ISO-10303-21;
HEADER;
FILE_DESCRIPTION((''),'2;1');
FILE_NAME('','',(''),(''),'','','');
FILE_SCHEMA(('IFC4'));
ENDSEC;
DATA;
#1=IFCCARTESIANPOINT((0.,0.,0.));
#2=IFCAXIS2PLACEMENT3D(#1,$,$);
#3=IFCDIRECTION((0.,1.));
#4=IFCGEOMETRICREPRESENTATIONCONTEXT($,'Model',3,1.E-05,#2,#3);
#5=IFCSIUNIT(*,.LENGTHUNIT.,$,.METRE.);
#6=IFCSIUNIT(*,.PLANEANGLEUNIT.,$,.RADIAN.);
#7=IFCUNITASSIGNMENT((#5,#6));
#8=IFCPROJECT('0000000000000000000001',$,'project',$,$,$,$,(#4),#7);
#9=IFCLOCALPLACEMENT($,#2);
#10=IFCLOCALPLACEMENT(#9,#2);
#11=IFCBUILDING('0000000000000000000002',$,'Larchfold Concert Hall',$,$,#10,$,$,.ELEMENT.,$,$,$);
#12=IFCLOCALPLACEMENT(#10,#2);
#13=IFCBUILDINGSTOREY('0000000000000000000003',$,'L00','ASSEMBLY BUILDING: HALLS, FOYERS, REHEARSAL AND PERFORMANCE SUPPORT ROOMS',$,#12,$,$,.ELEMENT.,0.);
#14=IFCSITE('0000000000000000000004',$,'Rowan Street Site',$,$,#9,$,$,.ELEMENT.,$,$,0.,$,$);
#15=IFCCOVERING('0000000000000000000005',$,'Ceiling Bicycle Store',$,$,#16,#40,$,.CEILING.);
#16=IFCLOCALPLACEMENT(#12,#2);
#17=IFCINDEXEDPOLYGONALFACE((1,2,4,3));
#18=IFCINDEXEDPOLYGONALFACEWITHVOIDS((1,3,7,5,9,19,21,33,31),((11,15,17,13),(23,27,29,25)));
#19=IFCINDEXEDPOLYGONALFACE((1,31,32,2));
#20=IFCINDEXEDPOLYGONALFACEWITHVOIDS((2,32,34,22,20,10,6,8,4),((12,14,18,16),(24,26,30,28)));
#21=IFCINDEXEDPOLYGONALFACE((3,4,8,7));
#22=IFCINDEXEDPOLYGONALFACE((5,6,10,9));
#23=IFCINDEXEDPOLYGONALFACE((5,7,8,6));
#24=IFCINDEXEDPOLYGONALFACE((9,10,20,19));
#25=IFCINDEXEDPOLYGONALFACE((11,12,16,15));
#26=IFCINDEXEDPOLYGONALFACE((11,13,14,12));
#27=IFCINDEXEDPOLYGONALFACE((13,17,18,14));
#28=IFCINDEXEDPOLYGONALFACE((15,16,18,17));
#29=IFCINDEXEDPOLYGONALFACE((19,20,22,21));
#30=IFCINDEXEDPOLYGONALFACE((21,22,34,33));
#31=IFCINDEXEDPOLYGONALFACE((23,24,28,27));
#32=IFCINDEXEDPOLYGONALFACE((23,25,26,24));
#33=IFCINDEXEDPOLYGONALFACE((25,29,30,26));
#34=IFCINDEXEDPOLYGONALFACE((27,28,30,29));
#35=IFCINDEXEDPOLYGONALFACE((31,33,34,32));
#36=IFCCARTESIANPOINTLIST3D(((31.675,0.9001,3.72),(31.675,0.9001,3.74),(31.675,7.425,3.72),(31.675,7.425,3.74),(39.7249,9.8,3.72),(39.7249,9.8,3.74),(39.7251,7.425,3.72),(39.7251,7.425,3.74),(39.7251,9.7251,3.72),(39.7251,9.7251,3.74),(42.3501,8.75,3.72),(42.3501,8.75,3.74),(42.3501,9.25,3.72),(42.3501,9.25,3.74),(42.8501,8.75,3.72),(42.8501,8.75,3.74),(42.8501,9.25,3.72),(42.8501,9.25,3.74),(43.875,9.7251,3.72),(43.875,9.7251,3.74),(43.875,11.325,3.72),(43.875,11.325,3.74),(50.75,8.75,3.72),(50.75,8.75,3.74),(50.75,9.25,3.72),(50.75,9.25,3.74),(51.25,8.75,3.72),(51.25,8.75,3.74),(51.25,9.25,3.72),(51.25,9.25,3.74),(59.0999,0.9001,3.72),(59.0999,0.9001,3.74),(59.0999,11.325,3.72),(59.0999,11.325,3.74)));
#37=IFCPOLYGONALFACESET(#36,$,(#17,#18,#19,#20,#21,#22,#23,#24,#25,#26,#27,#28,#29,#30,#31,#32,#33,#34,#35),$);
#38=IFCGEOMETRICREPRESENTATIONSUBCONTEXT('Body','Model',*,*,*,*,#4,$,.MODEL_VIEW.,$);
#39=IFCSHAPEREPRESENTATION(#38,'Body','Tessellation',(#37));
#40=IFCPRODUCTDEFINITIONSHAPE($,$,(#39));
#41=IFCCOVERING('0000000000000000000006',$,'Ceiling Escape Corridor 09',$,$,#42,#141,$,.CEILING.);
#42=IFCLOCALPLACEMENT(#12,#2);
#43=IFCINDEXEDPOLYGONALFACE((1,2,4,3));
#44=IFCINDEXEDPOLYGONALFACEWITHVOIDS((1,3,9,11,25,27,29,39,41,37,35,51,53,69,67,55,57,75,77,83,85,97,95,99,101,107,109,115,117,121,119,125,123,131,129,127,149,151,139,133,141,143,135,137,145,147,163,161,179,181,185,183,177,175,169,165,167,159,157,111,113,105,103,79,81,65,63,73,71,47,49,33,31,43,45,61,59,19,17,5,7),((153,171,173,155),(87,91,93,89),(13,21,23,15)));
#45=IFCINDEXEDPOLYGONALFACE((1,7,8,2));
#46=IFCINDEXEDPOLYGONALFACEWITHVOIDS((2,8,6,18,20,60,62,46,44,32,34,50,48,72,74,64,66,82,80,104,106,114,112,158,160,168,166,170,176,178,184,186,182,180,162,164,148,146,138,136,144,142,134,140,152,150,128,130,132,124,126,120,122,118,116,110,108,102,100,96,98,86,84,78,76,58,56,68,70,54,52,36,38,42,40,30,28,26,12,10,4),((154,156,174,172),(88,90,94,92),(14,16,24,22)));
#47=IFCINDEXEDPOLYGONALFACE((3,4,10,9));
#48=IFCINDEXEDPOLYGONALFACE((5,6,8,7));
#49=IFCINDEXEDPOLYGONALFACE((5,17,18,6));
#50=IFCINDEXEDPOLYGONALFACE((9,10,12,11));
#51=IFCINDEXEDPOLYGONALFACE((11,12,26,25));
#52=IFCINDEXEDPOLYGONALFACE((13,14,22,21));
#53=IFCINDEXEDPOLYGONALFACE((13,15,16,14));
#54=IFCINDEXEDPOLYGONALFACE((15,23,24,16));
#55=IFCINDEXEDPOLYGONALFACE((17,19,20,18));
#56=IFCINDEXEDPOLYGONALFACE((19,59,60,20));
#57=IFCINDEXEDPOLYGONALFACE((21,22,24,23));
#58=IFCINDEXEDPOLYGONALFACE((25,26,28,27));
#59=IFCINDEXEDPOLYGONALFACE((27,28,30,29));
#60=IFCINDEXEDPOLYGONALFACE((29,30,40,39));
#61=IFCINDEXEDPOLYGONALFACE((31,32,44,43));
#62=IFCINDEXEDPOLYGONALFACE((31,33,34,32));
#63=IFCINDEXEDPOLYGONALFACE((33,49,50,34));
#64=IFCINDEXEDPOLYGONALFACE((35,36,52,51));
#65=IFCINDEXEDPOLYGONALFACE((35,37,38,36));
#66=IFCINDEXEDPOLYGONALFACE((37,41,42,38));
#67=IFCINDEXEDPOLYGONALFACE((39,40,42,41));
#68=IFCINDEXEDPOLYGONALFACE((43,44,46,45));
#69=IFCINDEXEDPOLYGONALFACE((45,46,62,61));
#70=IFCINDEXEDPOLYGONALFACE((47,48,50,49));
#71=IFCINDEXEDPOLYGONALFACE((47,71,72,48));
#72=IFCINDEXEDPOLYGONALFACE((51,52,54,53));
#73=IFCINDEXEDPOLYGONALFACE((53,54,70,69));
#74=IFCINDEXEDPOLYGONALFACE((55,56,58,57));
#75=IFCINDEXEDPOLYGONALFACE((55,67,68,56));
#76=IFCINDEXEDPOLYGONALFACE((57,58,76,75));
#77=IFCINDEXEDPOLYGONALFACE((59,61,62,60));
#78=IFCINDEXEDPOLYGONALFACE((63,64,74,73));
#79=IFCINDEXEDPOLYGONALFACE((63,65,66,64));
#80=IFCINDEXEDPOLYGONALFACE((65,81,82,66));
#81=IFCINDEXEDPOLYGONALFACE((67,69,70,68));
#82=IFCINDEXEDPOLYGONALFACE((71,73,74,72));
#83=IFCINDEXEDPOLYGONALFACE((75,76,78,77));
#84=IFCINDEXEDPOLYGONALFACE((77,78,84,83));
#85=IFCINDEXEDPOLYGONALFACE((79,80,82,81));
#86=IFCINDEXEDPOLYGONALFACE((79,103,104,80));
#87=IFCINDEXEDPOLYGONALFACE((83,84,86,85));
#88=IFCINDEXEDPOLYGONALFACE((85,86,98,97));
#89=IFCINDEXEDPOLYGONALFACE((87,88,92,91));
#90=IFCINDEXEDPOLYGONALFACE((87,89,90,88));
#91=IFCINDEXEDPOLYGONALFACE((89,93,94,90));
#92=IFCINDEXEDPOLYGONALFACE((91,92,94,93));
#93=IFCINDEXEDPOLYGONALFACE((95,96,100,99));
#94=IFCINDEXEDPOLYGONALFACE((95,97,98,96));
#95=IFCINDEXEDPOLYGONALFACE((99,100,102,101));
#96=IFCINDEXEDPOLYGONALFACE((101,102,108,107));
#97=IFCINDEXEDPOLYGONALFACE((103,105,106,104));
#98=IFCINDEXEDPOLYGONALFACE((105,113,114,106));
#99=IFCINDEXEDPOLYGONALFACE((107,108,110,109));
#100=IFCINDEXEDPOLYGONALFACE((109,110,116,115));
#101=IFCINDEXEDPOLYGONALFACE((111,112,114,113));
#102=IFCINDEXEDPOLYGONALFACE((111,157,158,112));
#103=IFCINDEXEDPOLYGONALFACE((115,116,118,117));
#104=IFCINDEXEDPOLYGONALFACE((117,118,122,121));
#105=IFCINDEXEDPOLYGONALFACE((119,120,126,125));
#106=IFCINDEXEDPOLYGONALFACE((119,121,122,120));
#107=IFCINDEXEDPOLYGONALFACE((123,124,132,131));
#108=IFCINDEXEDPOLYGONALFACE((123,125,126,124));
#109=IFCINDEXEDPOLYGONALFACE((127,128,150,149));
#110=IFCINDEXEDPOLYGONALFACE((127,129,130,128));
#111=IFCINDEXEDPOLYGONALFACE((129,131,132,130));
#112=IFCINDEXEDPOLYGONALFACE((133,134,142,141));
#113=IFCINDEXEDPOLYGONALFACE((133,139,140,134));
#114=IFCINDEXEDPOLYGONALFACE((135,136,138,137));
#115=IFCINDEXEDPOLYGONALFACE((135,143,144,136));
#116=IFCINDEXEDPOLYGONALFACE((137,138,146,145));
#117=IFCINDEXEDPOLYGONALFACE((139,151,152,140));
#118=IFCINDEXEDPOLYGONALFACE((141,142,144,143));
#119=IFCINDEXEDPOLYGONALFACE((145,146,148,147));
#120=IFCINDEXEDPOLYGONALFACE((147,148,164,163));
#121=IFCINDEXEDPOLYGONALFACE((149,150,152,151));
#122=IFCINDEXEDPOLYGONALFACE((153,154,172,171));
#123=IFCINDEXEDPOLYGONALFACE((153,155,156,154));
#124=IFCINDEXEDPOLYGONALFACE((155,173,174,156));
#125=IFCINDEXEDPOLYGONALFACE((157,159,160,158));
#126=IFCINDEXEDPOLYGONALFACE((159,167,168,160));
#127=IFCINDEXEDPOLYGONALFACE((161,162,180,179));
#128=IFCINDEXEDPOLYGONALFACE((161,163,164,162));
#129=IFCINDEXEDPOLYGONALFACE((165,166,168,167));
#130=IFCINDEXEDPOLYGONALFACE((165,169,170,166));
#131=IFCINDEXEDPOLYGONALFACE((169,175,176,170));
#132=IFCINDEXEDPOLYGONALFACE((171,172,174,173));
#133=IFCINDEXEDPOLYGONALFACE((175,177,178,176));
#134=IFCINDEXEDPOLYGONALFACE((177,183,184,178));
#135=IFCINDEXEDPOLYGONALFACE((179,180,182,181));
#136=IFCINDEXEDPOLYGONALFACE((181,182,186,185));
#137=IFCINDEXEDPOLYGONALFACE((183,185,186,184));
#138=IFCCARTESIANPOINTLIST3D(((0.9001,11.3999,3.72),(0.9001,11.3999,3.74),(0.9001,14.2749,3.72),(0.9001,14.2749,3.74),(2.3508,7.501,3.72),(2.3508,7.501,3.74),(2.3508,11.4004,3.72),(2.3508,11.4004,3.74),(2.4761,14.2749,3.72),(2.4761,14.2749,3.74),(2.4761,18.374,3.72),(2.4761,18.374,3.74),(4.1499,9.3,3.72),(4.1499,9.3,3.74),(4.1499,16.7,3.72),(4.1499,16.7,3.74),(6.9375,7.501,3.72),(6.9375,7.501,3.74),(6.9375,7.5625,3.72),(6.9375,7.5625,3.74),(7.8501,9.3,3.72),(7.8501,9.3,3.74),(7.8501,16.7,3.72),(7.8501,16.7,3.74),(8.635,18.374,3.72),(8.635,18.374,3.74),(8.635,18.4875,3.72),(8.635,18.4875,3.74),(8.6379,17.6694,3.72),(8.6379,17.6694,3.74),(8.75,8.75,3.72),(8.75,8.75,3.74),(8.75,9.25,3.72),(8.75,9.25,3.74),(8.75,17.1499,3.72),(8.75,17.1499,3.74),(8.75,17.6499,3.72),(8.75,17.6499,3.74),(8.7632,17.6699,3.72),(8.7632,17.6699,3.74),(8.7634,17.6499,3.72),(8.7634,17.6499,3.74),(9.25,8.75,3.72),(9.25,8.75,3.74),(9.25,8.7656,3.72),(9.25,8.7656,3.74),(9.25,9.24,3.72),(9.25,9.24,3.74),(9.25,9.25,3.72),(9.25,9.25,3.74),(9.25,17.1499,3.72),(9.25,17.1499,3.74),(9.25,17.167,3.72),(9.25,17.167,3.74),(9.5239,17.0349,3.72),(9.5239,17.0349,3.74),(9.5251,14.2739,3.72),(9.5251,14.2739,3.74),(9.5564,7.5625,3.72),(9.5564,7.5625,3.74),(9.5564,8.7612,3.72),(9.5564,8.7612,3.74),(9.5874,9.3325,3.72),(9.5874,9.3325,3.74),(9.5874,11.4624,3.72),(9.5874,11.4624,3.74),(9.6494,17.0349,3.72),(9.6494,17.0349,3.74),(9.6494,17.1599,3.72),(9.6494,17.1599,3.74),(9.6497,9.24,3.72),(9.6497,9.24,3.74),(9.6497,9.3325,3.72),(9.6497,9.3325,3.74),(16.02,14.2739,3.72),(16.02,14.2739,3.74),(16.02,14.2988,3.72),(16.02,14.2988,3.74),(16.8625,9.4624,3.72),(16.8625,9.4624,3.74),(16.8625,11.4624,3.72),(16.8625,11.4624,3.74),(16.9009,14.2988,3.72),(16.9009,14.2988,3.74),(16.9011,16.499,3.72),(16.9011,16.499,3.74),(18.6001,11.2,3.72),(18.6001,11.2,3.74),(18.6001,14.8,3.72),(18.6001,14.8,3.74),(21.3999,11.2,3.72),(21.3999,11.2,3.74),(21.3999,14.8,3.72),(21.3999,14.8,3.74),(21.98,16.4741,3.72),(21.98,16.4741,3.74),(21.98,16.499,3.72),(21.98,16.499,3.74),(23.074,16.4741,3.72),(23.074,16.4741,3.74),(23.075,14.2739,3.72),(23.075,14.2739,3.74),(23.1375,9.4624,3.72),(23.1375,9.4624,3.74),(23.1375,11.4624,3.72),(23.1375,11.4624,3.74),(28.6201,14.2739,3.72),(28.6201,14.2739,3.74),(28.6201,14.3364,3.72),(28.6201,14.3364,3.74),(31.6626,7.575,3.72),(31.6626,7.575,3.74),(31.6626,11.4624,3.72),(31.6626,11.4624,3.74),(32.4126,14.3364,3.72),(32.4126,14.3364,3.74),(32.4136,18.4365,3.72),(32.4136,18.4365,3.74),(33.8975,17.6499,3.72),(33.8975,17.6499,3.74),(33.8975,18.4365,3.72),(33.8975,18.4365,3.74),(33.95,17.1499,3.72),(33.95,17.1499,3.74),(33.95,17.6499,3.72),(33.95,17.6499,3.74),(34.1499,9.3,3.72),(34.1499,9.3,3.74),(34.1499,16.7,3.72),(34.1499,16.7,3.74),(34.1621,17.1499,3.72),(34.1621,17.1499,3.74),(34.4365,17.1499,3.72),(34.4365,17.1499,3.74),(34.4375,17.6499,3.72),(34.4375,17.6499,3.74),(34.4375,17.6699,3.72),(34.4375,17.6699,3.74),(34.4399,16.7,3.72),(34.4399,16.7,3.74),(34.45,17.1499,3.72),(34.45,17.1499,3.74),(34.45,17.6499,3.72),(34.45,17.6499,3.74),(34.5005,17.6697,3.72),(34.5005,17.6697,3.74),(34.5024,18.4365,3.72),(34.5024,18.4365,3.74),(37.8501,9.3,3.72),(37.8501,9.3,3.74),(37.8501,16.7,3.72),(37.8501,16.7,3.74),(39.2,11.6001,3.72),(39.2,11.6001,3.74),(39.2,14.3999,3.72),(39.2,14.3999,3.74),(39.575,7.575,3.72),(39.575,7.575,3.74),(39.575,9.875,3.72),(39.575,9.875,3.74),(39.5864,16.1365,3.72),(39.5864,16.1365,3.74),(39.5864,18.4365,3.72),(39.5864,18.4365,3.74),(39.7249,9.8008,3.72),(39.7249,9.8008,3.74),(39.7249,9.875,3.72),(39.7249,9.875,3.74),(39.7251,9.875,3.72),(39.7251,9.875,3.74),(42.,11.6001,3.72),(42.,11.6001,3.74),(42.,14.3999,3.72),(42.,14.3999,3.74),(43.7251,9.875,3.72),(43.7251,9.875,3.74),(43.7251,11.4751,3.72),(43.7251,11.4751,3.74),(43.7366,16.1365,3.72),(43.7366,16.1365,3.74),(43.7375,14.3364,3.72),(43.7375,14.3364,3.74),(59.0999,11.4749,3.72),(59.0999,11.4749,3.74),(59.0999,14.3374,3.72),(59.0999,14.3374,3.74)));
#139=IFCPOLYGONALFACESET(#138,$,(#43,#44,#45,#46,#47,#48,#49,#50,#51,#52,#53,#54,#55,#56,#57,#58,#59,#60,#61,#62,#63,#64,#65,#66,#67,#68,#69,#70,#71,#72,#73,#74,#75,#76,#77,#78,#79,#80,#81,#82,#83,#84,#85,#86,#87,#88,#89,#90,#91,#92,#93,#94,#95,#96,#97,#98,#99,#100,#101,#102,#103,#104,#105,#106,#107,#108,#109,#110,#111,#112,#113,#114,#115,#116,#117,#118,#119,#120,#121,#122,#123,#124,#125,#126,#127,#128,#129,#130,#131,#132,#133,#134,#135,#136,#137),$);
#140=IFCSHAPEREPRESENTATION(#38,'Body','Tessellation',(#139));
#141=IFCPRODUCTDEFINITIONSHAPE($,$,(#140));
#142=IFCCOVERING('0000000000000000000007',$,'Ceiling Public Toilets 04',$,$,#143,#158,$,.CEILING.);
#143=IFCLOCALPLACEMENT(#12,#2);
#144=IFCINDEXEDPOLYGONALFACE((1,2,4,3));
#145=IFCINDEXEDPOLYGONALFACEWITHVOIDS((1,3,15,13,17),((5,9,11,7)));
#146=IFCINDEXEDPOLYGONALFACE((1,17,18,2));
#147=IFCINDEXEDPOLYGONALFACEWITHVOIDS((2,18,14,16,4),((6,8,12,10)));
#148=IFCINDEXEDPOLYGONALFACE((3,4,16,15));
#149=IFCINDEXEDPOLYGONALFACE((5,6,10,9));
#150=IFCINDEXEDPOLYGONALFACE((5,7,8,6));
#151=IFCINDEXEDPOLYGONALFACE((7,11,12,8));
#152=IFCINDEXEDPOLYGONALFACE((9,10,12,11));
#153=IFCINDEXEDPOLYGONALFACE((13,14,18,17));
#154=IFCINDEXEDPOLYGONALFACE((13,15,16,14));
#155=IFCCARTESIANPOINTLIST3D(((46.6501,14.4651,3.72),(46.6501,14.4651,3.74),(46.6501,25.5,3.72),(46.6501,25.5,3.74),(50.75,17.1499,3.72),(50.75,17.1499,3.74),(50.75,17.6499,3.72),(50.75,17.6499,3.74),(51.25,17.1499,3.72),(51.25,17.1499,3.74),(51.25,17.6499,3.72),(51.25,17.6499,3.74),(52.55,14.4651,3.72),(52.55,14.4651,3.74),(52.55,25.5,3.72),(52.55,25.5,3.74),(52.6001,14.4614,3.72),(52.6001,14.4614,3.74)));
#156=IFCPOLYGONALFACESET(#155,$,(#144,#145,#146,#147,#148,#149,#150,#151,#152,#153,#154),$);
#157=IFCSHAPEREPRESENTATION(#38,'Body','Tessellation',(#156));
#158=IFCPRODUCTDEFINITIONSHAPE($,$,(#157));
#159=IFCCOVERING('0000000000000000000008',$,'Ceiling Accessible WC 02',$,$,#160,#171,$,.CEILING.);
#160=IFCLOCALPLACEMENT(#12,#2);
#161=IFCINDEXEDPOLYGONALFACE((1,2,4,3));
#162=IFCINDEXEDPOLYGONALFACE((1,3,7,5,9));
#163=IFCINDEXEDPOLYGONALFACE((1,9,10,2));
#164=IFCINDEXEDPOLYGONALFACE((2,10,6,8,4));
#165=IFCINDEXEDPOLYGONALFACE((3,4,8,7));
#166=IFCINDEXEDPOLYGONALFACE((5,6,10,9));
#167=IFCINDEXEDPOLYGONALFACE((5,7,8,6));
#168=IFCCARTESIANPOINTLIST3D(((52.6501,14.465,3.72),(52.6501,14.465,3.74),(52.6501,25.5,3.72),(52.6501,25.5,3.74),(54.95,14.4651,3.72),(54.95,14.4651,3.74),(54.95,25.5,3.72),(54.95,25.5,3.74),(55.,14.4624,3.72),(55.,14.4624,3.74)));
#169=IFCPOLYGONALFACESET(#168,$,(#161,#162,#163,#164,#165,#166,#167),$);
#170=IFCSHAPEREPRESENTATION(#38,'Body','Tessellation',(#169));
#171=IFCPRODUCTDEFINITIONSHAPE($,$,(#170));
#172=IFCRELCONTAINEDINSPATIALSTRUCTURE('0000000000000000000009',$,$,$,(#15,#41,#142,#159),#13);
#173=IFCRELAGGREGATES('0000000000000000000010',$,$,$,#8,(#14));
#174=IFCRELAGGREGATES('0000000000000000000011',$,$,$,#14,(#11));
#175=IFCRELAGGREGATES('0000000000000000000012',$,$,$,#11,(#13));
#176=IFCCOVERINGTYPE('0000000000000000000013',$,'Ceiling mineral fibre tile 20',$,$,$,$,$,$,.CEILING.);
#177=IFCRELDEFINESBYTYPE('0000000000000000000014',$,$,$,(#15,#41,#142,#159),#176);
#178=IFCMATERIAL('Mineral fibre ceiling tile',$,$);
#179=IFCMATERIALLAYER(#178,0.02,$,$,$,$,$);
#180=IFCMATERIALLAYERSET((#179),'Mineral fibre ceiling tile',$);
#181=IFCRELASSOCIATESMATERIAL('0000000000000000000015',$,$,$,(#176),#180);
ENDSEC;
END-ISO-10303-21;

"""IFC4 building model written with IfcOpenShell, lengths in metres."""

from ifc_helpers import new_model, si_unit, direction, frame, origin, place, context, subcontext, project, spatial, polyline, outline, extrude, material, layer, layer_set, type_object, element, save


model = new_model("IFC4")

# Units and contexts
model_context = context("Model", 3, precision=1e-05, world=origin(), true_north=direction((0.0, 1.0)))
body_context = subcontext(model_context, "Body", "Model", "MODEL_VIEW")
ifc_project = project(units=[si_unit("LENGTHUNIT", "METRE"), si_unit("PLANEANGLEUNIT", "RADIAN")], contexts=[model_context])

# Site, building, storey
site_placement = place(None, origin())
site = spatial("IfcSite", under=ifc_project, at=site_placement, Name="Rowan Street Site", CompositionType="ELEMENT", RefElevation=0.0)
building_placement = place(site_placement, origin())
building = spatial("IfcBuilding", under=site, at=building_placement, Name="Larchfold Concert Hall", CompositionType="ELEMENT")
storey_placement = place(building_placement, origin())
storey = spatial("IfcBuildingStorey", under=building, at=storey_placement, Name="L00", Description="ASSEMBLY BUILDING: HALLS, FOYERS, REHEARSAL AND PERFORMANCE SUPPORT ROOMS", CompositionType="ELEMENT", Elevation=0.0)

# Coverings
ifc_material_1 = material(Name="Mineral fibre ceiling tile")
ifc_layer_1 = layer(ifc_material_1, 0.02)
ifc_layer_set_1 = layer_set([ifc_layer_1], Name="Mineral fibre ceiling tile")
covering_type_1 = type_object("IfcCoveringType", Name="Ceiling mineral fibre tile 20", PredefinedType="CEILING", material=ifc_layer_set_1)
covering_1_placement = place(storey_placement, frame((0.0, 0.0, 3.72)))
element("IfcCovering", 1, at=covering_1_placement, inside=storey, type_object=covering_type_1, Name="Ceiling Bicycle Store", PredefinedType="CEILING", context=body_context, shape_type="SweptSolid", body=[
    extrude(outline(polyline([(39.7251, 7.425), (31.675, 7.425), (31.675, 0.9001), (59.0999, 0.9001), (59.0999, 11.325), (43.875, 11.325), (43.875, 9.7251), (39.7251, 9.7251), (39.7249, 9.8), (39.7251, 7.425)]), holes=[polyline([(50.75, 9.25), (51.25, 9.25), (51.25, 8.75), (50.75, 8.75), (50.75, 9.25)]), polyline([(42.8501, 8.75), (42.3501, 8.75), (42.3501, 9.25), (42.8501, 9.25), (42.8501, 8.75)])]), origin(), (0.0, 0.0, 1.0), 0.02),
])
covering_2_placement = place(storey_placement, frame((0.0, 0.0, 3.72)))
element("IfcCovering", 2, at=covering_2_placement, inside=storey, type_object=covering_type_1, Name="Ceiling Escape Corridor 09", PredefinedType="CEILING", context=body_context, shape_type="SweptSolid", body=[
    extrude(outline(polyline([(8.635, 18.4875), (8.635, 18.374), (2.4761, 18.374), (2.4761, 14.2749), (0.9001, 14.2749), (0.9001, 11.3999), (2.3508, 11.4004), (2.3508, 7.501), (6.9375, 7.501), (6.9375, 7.5625), (9.5564, 7.5625), (9.5564, 8.7612), (9.25, 8.7656), (9.25, 8.75), (8.75, 8.75), (8.75, 9.25), (9.25, 9.25), (9.25, 9.24), (9.6497, 9.24), (9.6497, 9.3325), (9.5874, 9.3325), (9.5874, 11.4624), (16.8625, 11.4624), (16.8625, 9.4624), (23.1375, 9.4624), (23.1375, 11.4624), (31.6626, 11.4624), (31.6626, 7.575), (39.575, 7.575), (39.575, 9.875), (39.7249, 9.875), (39.7249, 9.8008), (39.7251, 9.875), (43.7251, 9.875), (43.7251, 11.4751), (59.0999, 11.4749), (59.0999, 14.3374), (43.7375, 14.3364), (43.7366, 16.1365), (39.5864, 16.1365), (39.5864, 18.4365), (34.5024, 18.4365), (34.5024, 18.4624), (34.5005, 17.6697), (34.4375, 17.6699), (34.4375, 17.6499), (34.45, 17.6499), (34.45, 17.1499), (34.4365, 17.1499), (34.4399, 16.7), (37.8501, 16.7), (37.8501, 9.3), (34.1499, 9.3), (34.1499, 16.7), (34.1621, 17.1499), (33.95, 17.1499), (33.95, 17.6499), (33.8975, 17.6499), (33.8975, 18.4365), (32.4136, 18.4365), (32.4136, 18.499), (32.4126, 14.3364), (28.6201, 14.3364), (28.6201, 14.2739), (23.075, 14.2739), (23.074, 16.4741), (21.98, 16.4741), (21.98, 16.499), (16.9011, 16.499), (16.9009, 14.2988), (16.02, 14.2988), (16.02, 14.2739), (9.5251, 14.2739), (9.5239, 17.0349), (9.6494, 17.0349), (9.6494, 17.1599), (9.25, 17.167), (9.25, 17.1499), (8.75, 17.1499), (8.75, 17.6499), (8.7634, 17.6499), (8.7632, 17.6699), (8.6379, 17.6694), (8.635, 18.4875)]), holes=[polyline([(42.0, 14.3999), (42.0, 11.6001), (39.2, 11.6001), (39.2, 14.3999), (42.0, 14.3999)]), polyline([(21.3999, 11.2), (18.6001, 11.2), (18.6001, 14.8), (21.3999, 14.8), (21.3999, 11.2)]), polyline([(7.8501, 9.3), (4.1499, 9.3), (4.1499, 16.7), (7.8501, 16.7), (7.8501, 9.3)])]), origin(), (0.0, 0.0, 1.0), 0.02),
])
covering_3_placement = place(storey_placement, frame((0.0, 0.0, 3.72)))
element("IfcCovering", 3, at=covering_3_placement, inside=storey, type_object=covering_type_1, Name="Ceiling Public Toilets 04", PredefinedType="CEILING", context=body_context, shape_type="SweptSolid", body=[
    extrude(outline(polyline([(46.6001, 14.4651), (52.6001, 14.4614), (52.55, 14.4651), (52.55, 25.5), (46.6501, 25.5), (46.6501, 14.4651), (46.6001, 14.4651)]), holes=[polyline([(50.75, 17.1499), (50.75, 17.6499), (51.25, 17.6499), (51.25, 17.1499), (50.75, 17.1499)])]), origin(), (0.0, 0.0, 1.0), 0.02),
])
covering_4_placement = place(storey_placement, frame((0.0, 0.0, 3.72)))
element("IfcCovering", 4, at=covering_4_placement, inside=storey, type_object=covering_type_1, Name="Ceiling Accessible WC 02", PredefinedType="CEILING", context=body_context, shape_type="SweptSolid", body=[
    extrude(outline(polyline([(52.6001, 14.4651), (55.0, 14.4624), (54.95, 14.4651), (54.95, 25.5), (52.6501, 25.5), (52.6501, 14.4651), (52.6001, 14.4651)])), origin(), (0.0, 0.0, 1.0), 0.02),
])

save(model, "model.ifc")
